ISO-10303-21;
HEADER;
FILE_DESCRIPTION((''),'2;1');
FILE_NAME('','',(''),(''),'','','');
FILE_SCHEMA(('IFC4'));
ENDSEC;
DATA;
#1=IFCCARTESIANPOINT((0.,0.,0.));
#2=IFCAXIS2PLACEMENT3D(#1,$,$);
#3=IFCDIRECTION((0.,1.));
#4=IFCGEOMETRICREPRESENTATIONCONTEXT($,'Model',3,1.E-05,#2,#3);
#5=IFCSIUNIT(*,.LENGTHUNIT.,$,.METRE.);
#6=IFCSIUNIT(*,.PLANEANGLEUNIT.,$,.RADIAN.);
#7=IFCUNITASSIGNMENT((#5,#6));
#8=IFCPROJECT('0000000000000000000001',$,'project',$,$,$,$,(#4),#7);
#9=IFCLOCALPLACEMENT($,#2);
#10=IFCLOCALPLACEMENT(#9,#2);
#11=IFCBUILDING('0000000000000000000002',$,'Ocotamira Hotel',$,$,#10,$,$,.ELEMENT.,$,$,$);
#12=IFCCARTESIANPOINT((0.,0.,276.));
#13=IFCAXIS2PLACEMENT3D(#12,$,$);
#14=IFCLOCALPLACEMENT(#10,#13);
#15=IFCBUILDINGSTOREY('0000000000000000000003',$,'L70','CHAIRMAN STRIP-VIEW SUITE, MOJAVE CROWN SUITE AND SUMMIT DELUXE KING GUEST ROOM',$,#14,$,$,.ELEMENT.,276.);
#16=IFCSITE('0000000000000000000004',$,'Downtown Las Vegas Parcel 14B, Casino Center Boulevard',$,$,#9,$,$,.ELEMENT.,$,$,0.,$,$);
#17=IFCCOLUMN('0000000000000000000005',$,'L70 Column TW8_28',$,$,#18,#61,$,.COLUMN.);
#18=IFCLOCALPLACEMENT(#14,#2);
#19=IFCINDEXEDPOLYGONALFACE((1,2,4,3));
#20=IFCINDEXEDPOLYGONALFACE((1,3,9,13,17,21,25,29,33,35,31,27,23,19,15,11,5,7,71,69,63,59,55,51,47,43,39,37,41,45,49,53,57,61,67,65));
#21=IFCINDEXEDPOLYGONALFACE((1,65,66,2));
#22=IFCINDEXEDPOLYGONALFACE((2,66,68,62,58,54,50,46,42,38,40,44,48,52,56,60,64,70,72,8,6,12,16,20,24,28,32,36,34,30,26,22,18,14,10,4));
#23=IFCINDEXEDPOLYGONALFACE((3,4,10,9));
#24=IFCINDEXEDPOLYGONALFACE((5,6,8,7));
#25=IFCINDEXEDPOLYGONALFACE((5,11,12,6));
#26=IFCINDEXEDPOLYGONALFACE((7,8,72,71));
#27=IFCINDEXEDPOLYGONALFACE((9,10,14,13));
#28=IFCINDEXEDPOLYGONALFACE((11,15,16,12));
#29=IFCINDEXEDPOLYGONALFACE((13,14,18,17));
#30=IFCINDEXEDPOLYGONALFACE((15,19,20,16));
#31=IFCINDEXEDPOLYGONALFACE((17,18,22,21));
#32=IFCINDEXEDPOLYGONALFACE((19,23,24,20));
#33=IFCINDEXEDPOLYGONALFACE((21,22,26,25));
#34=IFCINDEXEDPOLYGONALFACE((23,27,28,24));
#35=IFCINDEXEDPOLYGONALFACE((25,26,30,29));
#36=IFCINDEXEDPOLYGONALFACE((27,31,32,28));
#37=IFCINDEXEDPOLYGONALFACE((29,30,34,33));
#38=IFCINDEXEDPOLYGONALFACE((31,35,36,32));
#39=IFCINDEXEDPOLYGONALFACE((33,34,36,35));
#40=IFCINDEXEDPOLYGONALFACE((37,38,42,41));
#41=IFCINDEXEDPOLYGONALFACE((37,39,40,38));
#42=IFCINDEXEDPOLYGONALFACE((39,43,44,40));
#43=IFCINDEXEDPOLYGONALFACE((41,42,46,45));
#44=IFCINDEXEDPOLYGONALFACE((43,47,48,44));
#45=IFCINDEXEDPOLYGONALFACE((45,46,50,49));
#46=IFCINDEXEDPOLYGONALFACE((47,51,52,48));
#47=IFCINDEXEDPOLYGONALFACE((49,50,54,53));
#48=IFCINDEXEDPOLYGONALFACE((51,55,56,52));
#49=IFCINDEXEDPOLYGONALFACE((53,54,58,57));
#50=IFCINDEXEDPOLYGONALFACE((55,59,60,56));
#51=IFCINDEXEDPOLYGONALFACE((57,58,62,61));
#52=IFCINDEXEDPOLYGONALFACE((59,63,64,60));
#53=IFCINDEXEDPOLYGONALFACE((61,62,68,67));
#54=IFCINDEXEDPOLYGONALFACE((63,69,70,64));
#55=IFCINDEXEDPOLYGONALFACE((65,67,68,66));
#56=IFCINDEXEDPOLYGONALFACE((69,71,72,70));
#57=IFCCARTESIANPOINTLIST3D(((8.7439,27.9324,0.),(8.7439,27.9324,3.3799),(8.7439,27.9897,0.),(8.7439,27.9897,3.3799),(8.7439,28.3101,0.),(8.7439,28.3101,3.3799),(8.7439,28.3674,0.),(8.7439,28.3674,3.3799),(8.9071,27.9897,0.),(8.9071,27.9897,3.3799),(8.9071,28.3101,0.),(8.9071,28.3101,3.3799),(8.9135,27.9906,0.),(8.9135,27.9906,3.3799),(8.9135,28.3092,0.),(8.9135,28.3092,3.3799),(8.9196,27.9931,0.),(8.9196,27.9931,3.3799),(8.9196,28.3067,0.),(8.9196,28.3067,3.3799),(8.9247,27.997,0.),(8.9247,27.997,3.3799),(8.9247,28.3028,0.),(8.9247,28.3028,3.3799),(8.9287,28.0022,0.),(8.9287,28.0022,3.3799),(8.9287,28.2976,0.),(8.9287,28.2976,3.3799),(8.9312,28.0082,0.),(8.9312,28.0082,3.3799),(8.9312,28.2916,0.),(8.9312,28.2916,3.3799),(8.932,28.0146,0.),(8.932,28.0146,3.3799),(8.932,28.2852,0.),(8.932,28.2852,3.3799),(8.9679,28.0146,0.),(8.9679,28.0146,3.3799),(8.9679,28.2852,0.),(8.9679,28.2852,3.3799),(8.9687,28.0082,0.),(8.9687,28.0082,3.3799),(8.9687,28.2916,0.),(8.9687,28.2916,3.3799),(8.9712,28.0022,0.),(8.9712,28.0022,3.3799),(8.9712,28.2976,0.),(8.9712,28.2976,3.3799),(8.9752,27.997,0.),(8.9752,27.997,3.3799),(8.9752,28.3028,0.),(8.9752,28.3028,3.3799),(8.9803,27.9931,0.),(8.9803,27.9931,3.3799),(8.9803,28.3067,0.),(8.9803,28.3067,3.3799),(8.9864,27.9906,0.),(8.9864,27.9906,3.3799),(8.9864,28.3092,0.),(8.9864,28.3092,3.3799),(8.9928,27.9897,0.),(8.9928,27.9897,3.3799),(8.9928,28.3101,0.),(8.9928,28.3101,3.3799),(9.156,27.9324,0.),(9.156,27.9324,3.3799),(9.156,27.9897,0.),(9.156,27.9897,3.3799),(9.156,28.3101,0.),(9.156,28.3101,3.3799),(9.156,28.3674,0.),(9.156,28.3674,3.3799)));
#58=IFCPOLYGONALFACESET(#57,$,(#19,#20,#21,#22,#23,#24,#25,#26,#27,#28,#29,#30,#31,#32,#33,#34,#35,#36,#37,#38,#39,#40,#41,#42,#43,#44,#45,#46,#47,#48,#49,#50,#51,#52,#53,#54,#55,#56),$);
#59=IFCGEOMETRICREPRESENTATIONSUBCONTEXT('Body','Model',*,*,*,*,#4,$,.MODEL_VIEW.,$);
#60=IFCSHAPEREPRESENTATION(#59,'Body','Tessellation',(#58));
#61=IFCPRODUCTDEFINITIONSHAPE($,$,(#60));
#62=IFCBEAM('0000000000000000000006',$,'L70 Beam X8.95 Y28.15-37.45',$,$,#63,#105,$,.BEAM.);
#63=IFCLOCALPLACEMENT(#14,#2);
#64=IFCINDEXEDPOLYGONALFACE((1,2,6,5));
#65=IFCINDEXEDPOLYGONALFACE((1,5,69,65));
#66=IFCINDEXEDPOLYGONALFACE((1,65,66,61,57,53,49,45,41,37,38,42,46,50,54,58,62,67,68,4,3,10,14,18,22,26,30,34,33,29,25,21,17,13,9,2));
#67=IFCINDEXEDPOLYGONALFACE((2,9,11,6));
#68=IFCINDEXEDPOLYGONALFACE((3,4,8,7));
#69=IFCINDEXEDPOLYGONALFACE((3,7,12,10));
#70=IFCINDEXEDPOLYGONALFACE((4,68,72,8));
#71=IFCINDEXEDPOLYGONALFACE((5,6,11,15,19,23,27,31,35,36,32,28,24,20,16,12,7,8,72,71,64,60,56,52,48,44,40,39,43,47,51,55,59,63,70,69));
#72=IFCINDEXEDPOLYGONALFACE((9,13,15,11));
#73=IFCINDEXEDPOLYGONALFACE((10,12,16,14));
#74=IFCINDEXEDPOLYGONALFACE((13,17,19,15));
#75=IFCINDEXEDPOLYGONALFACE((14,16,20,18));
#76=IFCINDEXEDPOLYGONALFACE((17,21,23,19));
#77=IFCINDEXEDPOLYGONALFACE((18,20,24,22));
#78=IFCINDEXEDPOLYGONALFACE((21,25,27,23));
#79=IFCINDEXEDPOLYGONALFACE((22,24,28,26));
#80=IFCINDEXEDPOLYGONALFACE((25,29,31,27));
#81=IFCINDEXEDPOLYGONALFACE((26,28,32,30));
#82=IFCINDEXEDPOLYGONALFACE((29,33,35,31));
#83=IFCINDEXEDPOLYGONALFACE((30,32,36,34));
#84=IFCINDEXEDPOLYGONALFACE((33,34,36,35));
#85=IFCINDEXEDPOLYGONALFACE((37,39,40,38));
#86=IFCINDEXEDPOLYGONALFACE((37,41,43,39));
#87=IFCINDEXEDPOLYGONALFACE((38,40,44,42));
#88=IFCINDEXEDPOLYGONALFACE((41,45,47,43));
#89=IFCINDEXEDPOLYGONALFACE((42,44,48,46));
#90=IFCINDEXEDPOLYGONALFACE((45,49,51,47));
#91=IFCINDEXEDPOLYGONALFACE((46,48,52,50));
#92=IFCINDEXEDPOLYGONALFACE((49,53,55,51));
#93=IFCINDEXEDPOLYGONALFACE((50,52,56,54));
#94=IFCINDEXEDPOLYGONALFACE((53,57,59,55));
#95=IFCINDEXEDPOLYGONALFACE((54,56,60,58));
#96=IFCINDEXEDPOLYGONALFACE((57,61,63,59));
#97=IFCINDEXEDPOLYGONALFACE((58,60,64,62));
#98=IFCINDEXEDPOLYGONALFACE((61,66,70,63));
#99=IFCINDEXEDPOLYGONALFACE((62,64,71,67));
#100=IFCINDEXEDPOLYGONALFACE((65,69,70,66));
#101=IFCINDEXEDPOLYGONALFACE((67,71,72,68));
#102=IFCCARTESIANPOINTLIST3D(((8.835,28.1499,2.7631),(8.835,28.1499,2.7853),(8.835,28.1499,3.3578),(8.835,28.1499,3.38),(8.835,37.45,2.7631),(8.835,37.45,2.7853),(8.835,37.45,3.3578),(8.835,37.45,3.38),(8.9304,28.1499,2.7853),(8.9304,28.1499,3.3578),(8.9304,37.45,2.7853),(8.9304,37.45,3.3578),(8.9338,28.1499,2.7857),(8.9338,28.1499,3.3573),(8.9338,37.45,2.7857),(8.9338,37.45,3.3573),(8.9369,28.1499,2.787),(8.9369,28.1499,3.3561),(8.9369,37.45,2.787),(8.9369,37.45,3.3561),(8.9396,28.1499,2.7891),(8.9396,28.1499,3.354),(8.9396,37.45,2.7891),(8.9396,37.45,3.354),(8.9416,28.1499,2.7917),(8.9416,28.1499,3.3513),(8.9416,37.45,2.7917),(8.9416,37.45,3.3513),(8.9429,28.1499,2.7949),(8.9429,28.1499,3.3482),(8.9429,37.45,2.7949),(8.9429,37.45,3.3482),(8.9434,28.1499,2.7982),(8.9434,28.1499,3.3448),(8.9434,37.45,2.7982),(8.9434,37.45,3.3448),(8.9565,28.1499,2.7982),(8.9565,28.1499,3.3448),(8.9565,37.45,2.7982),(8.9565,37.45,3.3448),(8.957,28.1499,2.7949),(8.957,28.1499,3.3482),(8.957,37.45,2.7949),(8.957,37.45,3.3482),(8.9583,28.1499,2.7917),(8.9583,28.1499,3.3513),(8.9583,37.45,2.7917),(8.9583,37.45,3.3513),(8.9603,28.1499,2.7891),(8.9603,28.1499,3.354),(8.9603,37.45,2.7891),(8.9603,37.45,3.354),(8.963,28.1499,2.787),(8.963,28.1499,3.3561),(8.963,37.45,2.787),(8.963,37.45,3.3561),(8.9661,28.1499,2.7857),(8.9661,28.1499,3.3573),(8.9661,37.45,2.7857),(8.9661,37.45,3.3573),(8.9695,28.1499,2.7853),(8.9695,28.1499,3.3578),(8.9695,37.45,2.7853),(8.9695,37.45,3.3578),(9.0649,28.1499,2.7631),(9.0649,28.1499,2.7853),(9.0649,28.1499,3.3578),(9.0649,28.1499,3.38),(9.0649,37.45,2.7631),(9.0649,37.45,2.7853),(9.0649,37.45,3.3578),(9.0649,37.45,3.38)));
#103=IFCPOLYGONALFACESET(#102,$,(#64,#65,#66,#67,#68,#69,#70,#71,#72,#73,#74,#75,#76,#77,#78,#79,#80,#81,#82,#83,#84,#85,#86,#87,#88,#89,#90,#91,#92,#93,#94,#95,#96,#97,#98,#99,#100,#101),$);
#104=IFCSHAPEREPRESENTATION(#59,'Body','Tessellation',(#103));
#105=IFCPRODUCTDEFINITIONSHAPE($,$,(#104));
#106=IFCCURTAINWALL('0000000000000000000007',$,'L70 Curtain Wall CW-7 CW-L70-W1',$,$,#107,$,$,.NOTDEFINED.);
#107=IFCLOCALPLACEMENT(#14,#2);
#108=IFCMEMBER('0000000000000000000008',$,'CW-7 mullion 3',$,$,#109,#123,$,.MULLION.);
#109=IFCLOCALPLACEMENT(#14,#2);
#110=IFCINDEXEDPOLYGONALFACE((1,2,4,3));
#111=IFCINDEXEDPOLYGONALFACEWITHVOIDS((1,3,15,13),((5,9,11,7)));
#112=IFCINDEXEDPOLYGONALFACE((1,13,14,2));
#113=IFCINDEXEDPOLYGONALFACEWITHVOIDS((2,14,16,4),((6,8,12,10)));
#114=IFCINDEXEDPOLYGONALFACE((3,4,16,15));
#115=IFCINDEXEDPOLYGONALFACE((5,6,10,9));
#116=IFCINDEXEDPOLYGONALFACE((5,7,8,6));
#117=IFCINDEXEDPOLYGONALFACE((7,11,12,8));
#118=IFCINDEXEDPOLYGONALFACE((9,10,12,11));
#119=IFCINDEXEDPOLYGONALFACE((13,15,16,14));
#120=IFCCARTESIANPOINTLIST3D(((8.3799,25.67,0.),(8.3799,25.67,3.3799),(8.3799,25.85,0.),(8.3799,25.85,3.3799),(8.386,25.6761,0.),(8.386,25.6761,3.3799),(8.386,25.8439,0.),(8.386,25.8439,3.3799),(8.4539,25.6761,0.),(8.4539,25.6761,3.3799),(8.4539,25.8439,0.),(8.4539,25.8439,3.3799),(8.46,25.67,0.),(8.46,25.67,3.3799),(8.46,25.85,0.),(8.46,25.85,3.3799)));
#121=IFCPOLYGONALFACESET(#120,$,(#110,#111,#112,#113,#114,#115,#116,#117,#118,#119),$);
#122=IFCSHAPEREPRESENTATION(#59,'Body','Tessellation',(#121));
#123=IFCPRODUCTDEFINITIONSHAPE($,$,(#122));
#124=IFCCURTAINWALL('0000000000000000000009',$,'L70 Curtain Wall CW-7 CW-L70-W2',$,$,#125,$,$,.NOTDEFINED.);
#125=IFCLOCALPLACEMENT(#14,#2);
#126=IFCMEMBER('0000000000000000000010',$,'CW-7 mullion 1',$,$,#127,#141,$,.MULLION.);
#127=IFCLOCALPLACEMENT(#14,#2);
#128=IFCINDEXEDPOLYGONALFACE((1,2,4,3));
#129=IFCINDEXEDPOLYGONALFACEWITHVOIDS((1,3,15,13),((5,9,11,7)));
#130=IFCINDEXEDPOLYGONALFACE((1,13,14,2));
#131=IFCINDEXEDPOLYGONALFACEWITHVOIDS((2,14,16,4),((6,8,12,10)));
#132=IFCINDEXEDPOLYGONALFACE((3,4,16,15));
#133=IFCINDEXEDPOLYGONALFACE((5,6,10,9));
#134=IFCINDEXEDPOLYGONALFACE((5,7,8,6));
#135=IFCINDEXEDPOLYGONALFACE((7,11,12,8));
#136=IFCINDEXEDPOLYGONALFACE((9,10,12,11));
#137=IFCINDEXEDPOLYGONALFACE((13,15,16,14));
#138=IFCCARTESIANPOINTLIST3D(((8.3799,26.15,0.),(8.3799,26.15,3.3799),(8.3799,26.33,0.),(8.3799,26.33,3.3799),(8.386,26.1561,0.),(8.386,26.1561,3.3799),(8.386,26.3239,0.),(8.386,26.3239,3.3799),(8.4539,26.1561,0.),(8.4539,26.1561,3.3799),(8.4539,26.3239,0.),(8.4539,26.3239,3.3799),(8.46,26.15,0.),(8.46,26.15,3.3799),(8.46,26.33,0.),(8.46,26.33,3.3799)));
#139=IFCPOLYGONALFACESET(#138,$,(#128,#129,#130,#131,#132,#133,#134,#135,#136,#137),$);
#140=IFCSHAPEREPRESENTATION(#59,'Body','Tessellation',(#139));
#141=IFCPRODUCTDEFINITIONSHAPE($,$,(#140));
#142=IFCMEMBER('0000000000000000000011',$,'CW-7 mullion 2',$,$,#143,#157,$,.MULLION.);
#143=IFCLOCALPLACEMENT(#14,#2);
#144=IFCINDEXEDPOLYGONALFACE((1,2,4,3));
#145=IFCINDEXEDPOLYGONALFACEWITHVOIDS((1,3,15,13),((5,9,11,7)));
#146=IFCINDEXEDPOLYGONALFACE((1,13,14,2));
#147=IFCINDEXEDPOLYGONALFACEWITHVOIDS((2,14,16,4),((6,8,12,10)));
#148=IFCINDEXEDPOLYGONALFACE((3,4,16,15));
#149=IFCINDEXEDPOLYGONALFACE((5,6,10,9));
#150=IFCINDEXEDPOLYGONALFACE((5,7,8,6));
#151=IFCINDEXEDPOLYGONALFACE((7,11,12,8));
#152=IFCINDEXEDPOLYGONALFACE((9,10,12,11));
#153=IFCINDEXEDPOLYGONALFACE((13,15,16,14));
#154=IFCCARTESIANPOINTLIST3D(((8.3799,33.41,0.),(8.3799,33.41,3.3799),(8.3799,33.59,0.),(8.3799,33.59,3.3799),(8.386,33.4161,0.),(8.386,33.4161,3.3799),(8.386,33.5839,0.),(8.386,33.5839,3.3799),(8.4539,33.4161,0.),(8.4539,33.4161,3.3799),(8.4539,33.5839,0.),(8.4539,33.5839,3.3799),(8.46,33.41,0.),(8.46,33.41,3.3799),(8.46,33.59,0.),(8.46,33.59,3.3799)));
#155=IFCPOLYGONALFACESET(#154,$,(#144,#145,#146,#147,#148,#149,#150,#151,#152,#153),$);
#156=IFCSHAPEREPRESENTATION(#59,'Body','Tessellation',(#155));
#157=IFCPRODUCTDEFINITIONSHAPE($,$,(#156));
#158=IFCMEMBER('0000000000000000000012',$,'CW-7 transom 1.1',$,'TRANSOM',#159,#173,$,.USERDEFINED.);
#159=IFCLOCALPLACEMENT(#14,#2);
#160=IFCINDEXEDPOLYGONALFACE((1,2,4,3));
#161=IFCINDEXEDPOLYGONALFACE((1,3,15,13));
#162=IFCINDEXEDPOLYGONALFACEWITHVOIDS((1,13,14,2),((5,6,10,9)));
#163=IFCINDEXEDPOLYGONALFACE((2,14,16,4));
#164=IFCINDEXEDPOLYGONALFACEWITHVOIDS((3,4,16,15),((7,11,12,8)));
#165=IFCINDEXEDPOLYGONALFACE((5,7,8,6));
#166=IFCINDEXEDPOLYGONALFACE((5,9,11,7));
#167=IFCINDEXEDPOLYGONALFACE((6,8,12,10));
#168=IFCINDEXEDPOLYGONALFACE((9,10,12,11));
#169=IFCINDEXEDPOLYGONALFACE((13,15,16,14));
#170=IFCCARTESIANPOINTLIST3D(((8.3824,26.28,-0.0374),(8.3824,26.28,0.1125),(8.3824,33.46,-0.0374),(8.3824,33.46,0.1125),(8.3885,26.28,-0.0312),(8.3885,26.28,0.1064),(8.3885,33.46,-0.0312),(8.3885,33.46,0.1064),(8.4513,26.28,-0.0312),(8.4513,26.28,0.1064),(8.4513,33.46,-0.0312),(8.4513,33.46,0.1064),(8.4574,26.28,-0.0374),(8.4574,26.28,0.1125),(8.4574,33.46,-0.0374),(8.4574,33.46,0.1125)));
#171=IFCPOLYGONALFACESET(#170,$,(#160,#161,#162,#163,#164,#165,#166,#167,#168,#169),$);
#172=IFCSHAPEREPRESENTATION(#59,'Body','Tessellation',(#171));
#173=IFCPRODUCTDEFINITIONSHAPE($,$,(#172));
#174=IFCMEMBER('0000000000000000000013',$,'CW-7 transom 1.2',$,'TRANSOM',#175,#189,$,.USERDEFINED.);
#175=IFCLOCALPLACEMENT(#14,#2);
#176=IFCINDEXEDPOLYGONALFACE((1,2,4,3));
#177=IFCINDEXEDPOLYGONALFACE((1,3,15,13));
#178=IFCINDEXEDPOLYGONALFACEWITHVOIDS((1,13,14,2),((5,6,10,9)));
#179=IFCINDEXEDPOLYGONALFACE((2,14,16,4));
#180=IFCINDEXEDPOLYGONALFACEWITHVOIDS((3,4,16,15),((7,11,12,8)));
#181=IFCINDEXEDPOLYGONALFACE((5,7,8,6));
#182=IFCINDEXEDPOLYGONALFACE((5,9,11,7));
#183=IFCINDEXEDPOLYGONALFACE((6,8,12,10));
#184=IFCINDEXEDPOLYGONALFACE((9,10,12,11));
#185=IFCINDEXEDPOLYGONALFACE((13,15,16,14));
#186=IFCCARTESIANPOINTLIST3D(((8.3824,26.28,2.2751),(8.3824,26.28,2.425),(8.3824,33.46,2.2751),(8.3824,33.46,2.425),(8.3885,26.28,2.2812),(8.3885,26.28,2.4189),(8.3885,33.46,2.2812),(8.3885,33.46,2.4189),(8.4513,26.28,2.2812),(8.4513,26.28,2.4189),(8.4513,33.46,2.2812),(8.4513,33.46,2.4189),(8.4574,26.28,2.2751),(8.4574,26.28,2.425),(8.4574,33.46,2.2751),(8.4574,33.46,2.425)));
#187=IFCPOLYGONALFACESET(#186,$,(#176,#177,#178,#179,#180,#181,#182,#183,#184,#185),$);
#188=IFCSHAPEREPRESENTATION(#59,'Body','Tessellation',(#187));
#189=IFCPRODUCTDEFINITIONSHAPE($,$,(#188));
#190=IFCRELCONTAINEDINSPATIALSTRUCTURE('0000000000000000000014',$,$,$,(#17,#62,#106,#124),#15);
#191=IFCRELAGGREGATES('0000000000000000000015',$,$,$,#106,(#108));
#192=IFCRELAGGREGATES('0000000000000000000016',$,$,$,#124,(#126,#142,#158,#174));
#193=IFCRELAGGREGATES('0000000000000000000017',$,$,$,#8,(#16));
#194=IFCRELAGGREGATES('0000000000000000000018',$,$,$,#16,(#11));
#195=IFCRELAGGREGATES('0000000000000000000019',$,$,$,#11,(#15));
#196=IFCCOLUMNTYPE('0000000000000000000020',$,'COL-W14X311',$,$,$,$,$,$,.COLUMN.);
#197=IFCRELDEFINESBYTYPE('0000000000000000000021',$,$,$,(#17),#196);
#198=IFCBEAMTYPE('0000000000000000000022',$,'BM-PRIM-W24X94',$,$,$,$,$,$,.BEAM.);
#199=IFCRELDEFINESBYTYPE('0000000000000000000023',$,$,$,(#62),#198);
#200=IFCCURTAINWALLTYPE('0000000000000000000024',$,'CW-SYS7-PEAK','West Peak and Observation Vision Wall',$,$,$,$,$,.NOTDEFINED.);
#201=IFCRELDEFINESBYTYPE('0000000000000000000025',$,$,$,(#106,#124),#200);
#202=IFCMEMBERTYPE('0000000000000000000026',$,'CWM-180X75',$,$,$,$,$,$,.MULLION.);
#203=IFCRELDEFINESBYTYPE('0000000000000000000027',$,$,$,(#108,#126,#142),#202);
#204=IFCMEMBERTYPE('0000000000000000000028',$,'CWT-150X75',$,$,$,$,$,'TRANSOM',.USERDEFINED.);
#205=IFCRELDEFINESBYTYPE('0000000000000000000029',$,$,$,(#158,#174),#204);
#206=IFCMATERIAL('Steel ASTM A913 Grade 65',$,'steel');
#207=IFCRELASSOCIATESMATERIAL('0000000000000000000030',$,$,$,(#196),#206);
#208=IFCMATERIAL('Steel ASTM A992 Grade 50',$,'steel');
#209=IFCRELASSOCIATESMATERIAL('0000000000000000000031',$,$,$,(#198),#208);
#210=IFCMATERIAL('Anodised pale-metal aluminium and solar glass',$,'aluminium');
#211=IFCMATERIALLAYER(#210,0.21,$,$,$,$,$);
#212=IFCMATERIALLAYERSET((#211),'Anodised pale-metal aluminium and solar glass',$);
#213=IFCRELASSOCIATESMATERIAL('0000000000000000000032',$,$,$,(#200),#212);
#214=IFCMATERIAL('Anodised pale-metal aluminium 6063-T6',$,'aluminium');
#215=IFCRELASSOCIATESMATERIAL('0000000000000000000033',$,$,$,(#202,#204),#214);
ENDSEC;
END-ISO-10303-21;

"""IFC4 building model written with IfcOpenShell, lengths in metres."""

from ifc_helpers import new_model, si_unit, direction, frame, origin, origin_2d, place, context, subcontext, project, spatial, hollow_rectangle, i_section, extrude, source, transform, mapped, material, layer, layer_set, material_profile, profile_set, type_object, element, aggregate, save


model = new_model("IFC4")

# Units and contexts
model_context = context("Model", 3, precision=1e-05, world=origin(), true_north=direction((0.0, 1.0)))
body_context = subcontext(model_context, "Body", "Model", "MODEL_VIEW")
ifc_project = project(units=[si_unit("LENGTHUNIT", "METRE"), si_unit("PLANEANGLEUNIT", "RADIAN")], contexts=[model_context])

# Site, building, storey
site_placement = place(None, origin())
site = spatial("IfcSite", under=ifc_project, at=site_placement, Name="Downtown Las Vegas Parcel 14B, Casino Center Boulevard", CompositionType="ELEMENT", RefElevation=0.0)
building_placement = place(site_placement, origin())
building = spatial("IfcBuilding", under=site, at=building_placement, Name="Ocotamira Hotel", CompositionType="ELEMENT")
storey_placement = place(building_placement, frame((0.0, 0.0, 276.0)))
storey = spatial("IfcBuildingStorey", under=building, at=storey_placement, Name="L70", Description="CHAIRMAN STRIP-VIEW SUITE, MOJAVE CROWN SUITE AND SUMMIT DELUXE KING GUEST ROOM", CompositionType="ELEMENT", Elevation=276.0)

# Column
ifc_material_1 = material(Name="Steel ASTM A913 Grade 65", Category="steel")
ifc_material_profile_1 = material_profile(ifc_material_1, i_section(OverallWidth=0.4121, OverallDepth=0.4351, WebThickness=0.0359, FlangeThickness=0.0574, FilletRadius=0.0249, at=origin_2d()), Name="W14X311")
ifc_profile_set_1 = profile_set([ifc_material_profile_1], Name="Steel ASTM A913 Grade 65")
column_type = type_object("IfcColumnType", Name="COL-W14X311", PredefinedType="COLUMN", material=ifc_profile_set_1)
shared_shape_1 = source(origin(), body_context, "Body", "SweptSolid", [
    extrude(i_section(OverallWidth=0.4121, OverallDepth=0.4351, WebThickness=0.0359, FlangeThickness=0.0574, FilletRadius=0.0249, at=origin_2d()), origin(), (0.0, 0.0, 1.0), 3.3799),
])
column_placement = place(storey_placement, frame((8.95, 28.1499, 0.0), z_axis=(0.0, 0.0, 1.0), x_axis=(1.0, 0.0, 0.0)))
element("IfcColumn", 1, at=column_placement, inside=storey, type_object=column_type, Name="L70 Column TW8_28", PredefinedType="COLUMN", context=body_context, shape_type="MappedRepresentation", body=[
    mapped(shared_shape_1, transform((0.0, 0.0, 0.0), scale=1.0)),
])

# Beam
ifc_material_2 = material(Name="Steel ASTM A992 Grade 50", Category="steel")
ifc_material_profile_2 = material_profile(ifc_material_2, i_section(OverallWidth=0.23, OverallDepth=0.6169, WebThickness=0.0132, FlangeThickness=0.0222, FilletRadius=0.0129, at=origin_2d()), Name="W24X94")
ifc_profile_set_2 = profile_set([ifc_material_profile_2], Name="Steel ASTM A992 Grade 50")
beam_type = type_object("IfcBeamType", Name="BM-PRIM-W24X94", PredefinedType="BEAM", material=ifc_profile_set_2)
shared_shape_2 = source(origin(), body_context, "Body", "SweptSolid", [
    extrude(i_section(OverallWidth=0.23, OverallDepth=0.6169, WebThickness=0.0132, FlangeThickness=0.0222, FilletRadius=0.0129, at=origin_2d()), origin(), (0.0, 0.0, 1.0), 9.3),
])
beam_placement = place(storey_placement, frame((8.95, 28.1499, 3.0715), z_axis=(0.0, 1.0, 0.0), x_axis=(-1.0, 0.0, 0.0)))
element("IfcBeam", 2, at=beam_placement, inside=storey, type_object=beam_type, Name="L70 Beam X8.95 Y28.15-37.45", PredefinedType="BEAM", context=body_context, shape_type="MappedRepresentation", body=[
    mapped(shared_shape_2, transform((0.0, 0.0, 0.0), scale=1.0)),
])

# Curtain wall, member
ifc_material_3 = material(Name="Anodised pale-metal aluminium and solar glass", Category="aluminium")
ifc_layer_1 = layer(ifc_material_3, 0.21)
ifc_layer_set_1 = layer_set([ifc_layer_1], Name="Anodised pale-metal aluminium and solar glass")
curtain_wall_type = type_object("IfcCurtainWallType", Name="CW-SYS7-PEAK", Description="West Peak and Observation Vision Wall", PredefinedType="NOTDEFINED", material=ifc_layer_set_1)
curtain_wall_1_placement = place(storey_placement, origin())
curtain_wall_1 = element("IfcCurtainWall", 3, at=curtain_wall_1_placement, inside=storey, type_object=curtain_wall_type, Name="L70 Curtain Wall CW-7 CW-L70-W1", PredefinedType="NOTDEFINED")
ifc_material_4 = material(Name="Anodised pale-metal aluminium 6063-T6", Category="aluminium")
ifc_material_profile_3 = material_profile(ifc_material_4, hollow_rectangle(XDim=0.0801, YDim=0.1799, WallThickness=0.0061, at=origin_2d()), Name="HSS180X80X6")
ifc_profile_set_3 = profile_set([ifc_material_profile_3], Name="Anodised pale-metal aluminium 6063-T6")
member_type_1 = type_object("IfcMemberType", Name="CWM-180X75", PredefinedType="MULLION", material=ifc_profile_set_3)
shared_shape_3 = source(origin(), body_context, "Body", "SweptSolid", [
    extrude(hollow_rectangle(XDim=0.0801, YDim=0.1799, WallThickness=0.0061, at=origin_2d()), origin(), (0.0, 0.0, 1.0), 3.3799),
])
member_1_placement = place(storey_placement, frame((8.4199, 25.76, 0.0), z_axis=(0.0, 0.0, 1.0), x_axis=(-1.0, 0.0, 0.0)))
member_1 = element("IfcMember", 4, at=member_1_placement, type_object=member_type_1, Name="CW-7 mullion 3", PredefinedType="MULLION", context=body_context, shape_type="MappedRepresentation", body=[
    mapped(shared_shape_3, transform((0.0, 0.0, 0.0), scale=1.0)),
])
aggregate(curtain_wall_1, [member_1])

# Curtain wall, members
curtain_wall_2_placement = place(storey_placement, origin())
curtain_wall_2 = element("IfcCurtainWall", 5, at=curtain_wall_2_placement, inside=storey, type_object=curtain_wall_type, Name="L70 Curtain Wall CW-7 CW-L70-W2", PredefinedType="NOTDEFINED")
member_2_placement = place(storey_placement, frame((8.4199, 26.24, 0.0), z_axis=(0.0, 0.0, 1.0), x_axis=(-1.0, 0.0, 0.0)))
member_2 = element("IfcMember", 6, at=member_2_placement, type_object=member_type_1, Name="CW-7 mullion 1", PredefinedType="MULLION", context=body_context, shape_type="MappedRepresentation", body=[
    mapped(shared_shape_3, transform((0.0, 0.0, 0.0), scale=1.0)),
])
member_3_placement = place(storey_placement, frame((8.4199, 33.5, 0.0), z_axis=(0.0, 0.0, 1.0), x_axis=(-1.0, 0.0, 0.0)))
member_3 = element("IfcMember", 7, at=member_3_placement, type_object=member_type_1, Name="CW-7 mullion 2", PredefinedType="MULLION", context=body_context, shape_type="MappedRepresentation", body=[
    mapped(shared_shape_3, transform((0.0, 0.0, 0.0), scale=1.0)),
])
ifc_material_profile_4 = material_profile(ifc_material_4, hollow_rectangle(XDim=0.075, YDim=0.1499, WallThickness=0.0061, at=origin_2d()), Name="HSS150X75X6")
ifc_profile_set_4 = profile_set([ifc_material_profile_4], Name="Anodised pale-metal aluminium 6063-T6")
member_type_2 = type_object("IfcMemberType", Name="CWT-150X75", ElementType="TRANSOM", PredefinedType="USERDEFINED", material=ifc_profile_set_4)
shared_shape_4 = source(origin(), body_context, "Body", "SweptSolid", [
    extrude(hollow_rectangle(XDim=0.075, YDim=0.1499, WallThickness=0.0061, at=origin_2d()), origin(), (0.0, 0.0, 1.0), 7.1799),
])
member_4_placement = place(storey_placement, frame((8.4199, 26.28, 0.0376), z_axis=(0.0, 1.0, 0.0), x_axis=(-1.0, 0.0, 0.0)))
member_4 = element("IfcMember", 8, at=member_4_placement, type_object=member_type_2, Name="CW-7 transom 1.1", ObjectType="TRANSOM", PredefinedType="USERDEFINED", context=body_context, shape_type="MappedRepresentation", body=[
    mapped(shared_shape_4, transform((0.0, 0.0, 0.0), scale=1.0)),
])
member_5_placement = place(storey_placement, frame((8.4199, 26.28, 2.3501), z_axis=(0.0, 1.0, 0.0), x_axis=(-1.0, 0.0, 0.0)))
member_5 = element("IfcMember", 9, at=member_5_placement, type_object=member_type_2, Name="CW-7 transom 1.2", ObjectType="TRANSOM", PredefinedType="USERDEFINED", context=body_context, shape_type="MappedRepresentation", body=[
    mapped(shared_shape_4, transform((0.0, 0.0, 0.0), scale=1.0)),
])
aggregate(curtain_wall_2, [member_2, member_3, member_4, member_5])

save(model, "model.ifc")
